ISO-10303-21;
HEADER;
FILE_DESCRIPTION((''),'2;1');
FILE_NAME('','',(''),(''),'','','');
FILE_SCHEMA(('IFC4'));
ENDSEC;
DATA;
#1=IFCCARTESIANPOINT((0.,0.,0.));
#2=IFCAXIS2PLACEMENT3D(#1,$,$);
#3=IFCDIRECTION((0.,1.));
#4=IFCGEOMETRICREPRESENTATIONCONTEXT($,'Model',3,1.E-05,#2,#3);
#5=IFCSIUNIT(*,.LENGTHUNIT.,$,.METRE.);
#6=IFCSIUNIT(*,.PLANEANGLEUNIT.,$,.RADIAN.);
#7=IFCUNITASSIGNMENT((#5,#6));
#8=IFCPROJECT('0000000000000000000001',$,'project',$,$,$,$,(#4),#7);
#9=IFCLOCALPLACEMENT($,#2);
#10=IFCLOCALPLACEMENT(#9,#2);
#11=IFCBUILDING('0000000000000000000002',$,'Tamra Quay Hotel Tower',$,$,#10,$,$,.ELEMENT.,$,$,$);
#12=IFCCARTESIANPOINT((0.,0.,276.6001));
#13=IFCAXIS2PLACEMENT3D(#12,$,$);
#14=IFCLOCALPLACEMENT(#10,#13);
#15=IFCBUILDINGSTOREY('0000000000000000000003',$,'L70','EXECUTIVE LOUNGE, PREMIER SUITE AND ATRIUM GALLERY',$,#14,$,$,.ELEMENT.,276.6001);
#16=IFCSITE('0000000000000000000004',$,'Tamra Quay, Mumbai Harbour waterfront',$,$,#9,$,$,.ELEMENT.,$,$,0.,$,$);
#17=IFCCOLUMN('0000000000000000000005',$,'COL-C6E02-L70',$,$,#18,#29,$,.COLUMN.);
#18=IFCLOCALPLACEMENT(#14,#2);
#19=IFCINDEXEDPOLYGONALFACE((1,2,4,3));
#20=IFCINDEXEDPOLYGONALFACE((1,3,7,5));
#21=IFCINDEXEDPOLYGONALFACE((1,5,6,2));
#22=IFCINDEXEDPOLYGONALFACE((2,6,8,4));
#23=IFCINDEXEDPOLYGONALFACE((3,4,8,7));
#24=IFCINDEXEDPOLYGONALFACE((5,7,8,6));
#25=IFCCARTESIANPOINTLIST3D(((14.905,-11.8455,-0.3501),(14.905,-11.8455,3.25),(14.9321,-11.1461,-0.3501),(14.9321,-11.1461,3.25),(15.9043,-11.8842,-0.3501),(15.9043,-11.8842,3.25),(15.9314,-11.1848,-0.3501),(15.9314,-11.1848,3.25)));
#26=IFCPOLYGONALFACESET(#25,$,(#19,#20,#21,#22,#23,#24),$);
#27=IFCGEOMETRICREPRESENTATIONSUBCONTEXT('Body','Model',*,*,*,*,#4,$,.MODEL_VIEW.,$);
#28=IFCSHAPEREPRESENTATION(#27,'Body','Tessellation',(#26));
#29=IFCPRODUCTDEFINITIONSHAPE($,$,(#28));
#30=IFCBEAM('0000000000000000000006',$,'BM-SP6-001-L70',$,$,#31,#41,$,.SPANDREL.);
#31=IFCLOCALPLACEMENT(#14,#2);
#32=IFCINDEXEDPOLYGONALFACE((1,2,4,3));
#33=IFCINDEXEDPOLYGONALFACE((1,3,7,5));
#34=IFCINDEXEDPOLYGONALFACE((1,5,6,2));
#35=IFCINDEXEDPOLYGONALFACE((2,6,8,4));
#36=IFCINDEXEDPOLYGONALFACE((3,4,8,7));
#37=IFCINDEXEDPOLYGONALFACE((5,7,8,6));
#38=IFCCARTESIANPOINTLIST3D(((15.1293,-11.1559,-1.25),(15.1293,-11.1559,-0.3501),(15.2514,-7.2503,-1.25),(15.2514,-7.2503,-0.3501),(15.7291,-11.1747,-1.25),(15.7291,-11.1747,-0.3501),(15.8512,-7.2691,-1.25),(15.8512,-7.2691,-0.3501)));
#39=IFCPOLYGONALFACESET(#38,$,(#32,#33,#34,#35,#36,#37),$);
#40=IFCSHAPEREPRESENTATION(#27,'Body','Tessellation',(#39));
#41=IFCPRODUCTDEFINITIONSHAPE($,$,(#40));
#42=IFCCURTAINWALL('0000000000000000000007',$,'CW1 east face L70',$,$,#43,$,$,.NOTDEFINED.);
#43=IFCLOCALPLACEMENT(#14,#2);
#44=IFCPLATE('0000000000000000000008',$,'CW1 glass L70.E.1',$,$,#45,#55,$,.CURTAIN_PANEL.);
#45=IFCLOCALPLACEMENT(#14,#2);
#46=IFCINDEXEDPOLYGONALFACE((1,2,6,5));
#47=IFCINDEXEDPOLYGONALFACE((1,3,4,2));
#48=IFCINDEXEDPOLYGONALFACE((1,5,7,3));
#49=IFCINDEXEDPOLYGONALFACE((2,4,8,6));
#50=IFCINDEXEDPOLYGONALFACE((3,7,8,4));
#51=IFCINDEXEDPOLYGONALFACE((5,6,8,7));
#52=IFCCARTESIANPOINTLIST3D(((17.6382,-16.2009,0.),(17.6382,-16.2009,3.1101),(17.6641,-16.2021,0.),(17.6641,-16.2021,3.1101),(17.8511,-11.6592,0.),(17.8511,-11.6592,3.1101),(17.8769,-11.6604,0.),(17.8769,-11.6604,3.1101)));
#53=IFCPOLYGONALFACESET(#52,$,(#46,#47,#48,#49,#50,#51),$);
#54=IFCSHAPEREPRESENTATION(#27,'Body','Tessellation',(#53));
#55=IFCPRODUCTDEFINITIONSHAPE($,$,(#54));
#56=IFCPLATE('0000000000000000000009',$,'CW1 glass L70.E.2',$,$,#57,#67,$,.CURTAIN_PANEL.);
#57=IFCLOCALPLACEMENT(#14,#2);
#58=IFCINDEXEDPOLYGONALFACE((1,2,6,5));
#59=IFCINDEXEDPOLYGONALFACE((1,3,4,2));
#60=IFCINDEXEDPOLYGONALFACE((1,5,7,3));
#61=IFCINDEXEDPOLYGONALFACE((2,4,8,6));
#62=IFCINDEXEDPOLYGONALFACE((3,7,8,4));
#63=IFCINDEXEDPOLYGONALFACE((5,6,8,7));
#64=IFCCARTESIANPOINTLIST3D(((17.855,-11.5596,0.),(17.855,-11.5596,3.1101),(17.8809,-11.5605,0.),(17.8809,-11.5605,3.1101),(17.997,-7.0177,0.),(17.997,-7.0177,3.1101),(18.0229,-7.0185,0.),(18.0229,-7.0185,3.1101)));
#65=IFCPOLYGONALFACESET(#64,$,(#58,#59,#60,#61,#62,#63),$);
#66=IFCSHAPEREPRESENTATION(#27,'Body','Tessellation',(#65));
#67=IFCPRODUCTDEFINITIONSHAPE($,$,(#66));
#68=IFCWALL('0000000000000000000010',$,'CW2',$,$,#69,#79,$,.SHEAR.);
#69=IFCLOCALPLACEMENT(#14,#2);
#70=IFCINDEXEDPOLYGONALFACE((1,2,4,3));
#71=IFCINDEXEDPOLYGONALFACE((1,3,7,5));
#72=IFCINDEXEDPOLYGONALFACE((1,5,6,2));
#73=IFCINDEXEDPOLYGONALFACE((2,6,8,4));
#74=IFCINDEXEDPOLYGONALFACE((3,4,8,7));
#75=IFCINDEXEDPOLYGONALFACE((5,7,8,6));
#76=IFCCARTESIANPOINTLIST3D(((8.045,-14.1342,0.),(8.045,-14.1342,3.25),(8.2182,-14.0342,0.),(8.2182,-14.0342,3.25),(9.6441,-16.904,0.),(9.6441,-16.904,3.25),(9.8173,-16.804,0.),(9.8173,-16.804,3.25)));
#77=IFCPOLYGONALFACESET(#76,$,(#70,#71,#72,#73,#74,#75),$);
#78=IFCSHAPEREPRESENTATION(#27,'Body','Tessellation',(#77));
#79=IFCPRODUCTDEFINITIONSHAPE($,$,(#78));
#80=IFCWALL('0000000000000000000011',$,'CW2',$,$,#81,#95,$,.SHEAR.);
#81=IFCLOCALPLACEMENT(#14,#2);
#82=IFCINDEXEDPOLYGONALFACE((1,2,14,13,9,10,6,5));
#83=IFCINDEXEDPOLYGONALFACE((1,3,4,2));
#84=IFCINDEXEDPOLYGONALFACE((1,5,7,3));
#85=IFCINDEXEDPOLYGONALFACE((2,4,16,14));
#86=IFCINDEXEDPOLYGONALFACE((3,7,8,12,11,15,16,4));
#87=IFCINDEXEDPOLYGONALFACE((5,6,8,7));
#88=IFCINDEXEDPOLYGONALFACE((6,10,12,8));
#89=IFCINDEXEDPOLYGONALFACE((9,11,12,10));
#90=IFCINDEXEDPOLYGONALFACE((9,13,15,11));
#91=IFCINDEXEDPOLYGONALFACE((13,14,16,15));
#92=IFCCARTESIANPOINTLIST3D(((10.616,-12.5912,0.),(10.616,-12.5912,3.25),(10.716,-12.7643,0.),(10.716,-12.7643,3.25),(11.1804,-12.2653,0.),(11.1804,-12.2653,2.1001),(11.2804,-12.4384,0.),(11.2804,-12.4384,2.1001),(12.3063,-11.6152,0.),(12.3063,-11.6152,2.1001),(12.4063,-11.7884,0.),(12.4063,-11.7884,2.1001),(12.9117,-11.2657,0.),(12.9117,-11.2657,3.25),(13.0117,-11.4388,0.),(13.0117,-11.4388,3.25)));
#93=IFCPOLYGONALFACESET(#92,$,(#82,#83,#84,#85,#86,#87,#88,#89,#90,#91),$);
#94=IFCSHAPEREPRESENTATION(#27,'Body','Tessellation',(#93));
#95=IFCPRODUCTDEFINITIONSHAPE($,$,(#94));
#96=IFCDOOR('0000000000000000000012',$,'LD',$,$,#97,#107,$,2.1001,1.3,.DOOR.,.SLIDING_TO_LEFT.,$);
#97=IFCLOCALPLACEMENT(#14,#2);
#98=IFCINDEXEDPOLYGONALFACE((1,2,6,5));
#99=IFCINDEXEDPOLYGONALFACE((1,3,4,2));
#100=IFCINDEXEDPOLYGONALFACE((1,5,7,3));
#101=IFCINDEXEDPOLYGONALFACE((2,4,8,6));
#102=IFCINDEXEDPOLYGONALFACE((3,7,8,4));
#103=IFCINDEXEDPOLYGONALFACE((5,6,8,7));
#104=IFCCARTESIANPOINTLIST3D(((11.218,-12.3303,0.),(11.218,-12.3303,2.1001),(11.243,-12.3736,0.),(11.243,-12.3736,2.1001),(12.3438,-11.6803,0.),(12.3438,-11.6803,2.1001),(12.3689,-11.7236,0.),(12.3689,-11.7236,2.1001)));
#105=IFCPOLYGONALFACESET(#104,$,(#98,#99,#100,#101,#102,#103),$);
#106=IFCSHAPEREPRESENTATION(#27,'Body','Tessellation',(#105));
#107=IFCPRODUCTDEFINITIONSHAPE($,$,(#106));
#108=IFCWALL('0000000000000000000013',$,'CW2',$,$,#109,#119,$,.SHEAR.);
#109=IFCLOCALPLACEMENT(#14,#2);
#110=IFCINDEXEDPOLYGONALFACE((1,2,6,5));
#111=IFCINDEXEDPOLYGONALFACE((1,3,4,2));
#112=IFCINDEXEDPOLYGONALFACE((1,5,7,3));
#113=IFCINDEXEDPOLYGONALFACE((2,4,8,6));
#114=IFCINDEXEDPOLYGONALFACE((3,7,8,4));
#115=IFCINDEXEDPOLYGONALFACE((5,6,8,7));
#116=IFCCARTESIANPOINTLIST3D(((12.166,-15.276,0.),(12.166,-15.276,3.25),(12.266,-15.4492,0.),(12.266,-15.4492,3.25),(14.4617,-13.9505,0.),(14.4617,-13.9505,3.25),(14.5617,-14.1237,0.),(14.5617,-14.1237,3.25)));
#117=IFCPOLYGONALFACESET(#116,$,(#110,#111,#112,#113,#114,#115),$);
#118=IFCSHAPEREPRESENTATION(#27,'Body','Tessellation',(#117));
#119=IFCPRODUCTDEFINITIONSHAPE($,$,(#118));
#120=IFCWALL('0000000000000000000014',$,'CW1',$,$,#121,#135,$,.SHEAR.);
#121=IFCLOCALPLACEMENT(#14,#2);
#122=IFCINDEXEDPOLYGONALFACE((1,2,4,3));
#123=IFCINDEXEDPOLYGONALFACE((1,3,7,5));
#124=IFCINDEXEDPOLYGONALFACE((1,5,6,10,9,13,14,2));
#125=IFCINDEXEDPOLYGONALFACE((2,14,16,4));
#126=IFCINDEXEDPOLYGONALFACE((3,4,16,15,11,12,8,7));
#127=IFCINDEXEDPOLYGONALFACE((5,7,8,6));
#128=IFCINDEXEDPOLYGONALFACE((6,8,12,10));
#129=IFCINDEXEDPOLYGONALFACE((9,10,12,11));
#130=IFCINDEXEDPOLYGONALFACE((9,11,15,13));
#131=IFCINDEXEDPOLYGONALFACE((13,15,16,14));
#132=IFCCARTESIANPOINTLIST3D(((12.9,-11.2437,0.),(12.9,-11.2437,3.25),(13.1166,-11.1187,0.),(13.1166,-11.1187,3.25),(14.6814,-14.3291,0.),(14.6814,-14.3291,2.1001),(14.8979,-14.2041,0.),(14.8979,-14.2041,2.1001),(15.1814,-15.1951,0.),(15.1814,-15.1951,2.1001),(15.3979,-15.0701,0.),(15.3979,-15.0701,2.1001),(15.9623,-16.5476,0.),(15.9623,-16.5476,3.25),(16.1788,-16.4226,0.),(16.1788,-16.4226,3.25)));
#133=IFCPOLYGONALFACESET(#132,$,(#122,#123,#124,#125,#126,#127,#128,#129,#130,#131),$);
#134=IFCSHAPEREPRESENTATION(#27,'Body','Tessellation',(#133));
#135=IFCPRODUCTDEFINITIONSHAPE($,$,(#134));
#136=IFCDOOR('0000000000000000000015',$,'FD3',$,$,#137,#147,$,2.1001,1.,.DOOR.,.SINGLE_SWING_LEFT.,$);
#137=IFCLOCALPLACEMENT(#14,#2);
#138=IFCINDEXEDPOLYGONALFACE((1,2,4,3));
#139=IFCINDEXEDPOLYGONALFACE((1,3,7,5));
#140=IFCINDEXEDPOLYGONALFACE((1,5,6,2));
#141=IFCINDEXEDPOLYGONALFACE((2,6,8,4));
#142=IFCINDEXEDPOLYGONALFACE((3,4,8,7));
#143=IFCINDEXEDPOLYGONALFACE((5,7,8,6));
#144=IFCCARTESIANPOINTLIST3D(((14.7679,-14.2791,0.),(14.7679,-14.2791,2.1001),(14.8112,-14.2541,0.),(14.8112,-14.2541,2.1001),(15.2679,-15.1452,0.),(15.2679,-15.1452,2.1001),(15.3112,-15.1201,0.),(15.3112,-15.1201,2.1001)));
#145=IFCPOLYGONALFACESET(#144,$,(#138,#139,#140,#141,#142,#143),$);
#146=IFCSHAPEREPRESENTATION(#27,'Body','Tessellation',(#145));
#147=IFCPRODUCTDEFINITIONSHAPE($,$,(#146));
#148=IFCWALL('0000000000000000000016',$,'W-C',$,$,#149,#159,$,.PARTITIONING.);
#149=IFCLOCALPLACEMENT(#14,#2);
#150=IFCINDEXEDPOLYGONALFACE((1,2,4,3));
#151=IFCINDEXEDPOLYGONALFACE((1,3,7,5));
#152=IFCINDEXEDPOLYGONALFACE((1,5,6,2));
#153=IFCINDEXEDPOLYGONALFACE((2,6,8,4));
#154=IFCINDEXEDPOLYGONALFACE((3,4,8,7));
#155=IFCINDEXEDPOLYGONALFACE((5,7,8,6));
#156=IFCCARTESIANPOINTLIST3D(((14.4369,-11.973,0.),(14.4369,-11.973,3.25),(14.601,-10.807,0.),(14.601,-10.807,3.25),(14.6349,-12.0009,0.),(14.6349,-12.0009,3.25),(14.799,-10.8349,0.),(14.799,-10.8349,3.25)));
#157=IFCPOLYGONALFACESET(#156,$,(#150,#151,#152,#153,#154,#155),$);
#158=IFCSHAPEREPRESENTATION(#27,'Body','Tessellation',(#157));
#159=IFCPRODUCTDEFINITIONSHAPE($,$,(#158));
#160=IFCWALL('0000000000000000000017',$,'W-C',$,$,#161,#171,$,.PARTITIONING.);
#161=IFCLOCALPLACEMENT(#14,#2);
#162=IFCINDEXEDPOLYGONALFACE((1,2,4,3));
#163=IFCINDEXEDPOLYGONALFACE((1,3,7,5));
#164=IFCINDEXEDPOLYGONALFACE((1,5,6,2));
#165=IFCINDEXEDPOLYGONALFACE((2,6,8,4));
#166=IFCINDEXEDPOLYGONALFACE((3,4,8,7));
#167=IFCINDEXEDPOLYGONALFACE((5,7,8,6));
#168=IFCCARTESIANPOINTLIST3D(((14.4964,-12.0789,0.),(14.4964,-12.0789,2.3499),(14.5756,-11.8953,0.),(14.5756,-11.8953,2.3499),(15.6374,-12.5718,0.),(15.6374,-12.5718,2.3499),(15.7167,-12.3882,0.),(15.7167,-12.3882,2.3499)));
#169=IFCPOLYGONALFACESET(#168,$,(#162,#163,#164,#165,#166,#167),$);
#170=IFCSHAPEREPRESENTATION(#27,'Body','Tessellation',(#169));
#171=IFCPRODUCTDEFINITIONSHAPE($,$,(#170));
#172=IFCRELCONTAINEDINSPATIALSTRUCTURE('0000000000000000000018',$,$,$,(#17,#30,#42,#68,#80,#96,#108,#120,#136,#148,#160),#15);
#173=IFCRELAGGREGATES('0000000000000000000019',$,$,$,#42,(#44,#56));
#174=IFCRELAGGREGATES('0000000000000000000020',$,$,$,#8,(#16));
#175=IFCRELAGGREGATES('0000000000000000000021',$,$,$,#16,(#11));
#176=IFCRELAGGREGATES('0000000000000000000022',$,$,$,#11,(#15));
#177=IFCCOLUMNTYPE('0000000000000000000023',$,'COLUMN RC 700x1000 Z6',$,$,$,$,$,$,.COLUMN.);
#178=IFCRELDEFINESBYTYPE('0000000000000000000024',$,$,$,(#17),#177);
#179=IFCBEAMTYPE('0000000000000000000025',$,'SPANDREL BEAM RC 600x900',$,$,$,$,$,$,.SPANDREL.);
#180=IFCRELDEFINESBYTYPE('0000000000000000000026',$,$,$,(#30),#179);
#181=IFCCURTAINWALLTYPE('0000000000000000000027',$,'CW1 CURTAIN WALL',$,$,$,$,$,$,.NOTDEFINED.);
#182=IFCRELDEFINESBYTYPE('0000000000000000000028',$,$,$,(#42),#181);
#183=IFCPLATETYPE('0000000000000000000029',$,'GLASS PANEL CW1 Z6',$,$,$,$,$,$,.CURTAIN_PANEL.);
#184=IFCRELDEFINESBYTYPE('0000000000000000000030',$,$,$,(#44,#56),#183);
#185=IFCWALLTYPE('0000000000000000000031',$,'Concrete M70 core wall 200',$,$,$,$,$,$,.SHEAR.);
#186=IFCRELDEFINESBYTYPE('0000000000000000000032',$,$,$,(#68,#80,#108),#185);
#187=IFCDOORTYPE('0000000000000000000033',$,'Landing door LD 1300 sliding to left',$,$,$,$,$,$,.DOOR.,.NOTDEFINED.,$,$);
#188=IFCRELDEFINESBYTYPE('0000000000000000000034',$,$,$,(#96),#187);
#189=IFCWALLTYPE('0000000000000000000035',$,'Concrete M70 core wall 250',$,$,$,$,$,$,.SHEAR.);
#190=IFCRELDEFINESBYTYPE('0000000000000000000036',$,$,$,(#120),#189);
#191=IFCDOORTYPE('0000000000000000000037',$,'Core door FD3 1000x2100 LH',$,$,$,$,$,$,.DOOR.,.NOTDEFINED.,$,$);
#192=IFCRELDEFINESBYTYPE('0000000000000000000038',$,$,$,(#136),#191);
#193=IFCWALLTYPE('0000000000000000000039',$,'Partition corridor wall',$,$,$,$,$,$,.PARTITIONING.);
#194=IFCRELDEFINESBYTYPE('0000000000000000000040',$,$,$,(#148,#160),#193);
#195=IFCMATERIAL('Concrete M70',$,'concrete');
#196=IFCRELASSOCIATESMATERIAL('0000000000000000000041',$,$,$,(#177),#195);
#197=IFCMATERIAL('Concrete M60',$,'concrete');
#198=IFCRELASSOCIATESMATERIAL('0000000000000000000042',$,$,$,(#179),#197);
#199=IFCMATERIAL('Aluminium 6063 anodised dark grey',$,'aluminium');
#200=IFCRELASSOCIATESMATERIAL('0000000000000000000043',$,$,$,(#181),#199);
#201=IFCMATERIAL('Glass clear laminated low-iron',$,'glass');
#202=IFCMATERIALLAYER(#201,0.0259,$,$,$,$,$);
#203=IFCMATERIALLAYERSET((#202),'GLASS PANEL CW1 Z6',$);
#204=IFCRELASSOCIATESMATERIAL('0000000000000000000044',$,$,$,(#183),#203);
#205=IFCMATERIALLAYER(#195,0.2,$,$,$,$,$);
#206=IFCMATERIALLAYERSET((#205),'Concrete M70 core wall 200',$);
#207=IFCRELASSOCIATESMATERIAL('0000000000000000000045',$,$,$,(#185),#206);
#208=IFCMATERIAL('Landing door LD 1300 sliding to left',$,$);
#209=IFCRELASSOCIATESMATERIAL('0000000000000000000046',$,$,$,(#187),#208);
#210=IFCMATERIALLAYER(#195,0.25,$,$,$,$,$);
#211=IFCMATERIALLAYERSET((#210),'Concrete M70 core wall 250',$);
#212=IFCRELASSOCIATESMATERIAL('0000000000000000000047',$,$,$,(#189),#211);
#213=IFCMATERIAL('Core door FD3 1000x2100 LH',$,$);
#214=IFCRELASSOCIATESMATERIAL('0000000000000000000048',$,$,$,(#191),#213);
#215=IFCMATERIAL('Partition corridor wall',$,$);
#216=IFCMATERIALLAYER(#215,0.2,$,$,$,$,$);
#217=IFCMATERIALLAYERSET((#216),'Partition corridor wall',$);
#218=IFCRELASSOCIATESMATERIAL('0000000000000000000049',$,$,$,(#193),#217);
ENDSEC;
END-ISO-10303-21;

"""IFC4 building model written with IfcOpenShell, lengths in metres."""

from ifc_helpers import new_model, si_unit, direction, frame, frame_2d, origin, origin_2d, place, context, subcontext, project, spatial, rectangle, extrude, material, layer, layer_set, material_profile, profile_set, type_object, element, fill, aggregate, save


model = new_model("IFC4")

# Units and contexts
model_context = context("Model", 3, precision=1e-05, world=origin(), true_north=direction((0.0, 1.0)))
body_context = subcontext(model_context, "Body", "Model", "MODEL_VIEW")
ifc_project = project(units=[si_unit("LENGTHUNIT", "METRE"), si_unit("PLANEANGLEUNIT", "RADIAN")], contexts=[model_context])

# Site, building, storey
site_placement = place(None, origin())
site = spatial("IfcSite", under=ifc_project, at=site_placement, Name="Tamra Quay, Mumbai Harbour waterfront", CompositionType="ELEMENT", RefElevation=0.0)
building_placement = place(site_placement, origin())
building = spatial("IfcBuilding", under=site, at=building_placement, Name="Tamra Quay Hotel Tower", CompositionType="ELEMENT")
storey_placement = place(building_placement, frame((0.0, 0.0, 276.6001)))
storey = spatial("IfcBuildingStorey", under=building, at=storey_placement, Name="L70", Description="EXECUTIVE LOUNGE, PREMIER SUITE AND ATRIUM GALLERY", CompositionType="ELEMENT", Elevation=276.6001)

# Column
ifc_material_1 = material(Name="Concrete M70", Category="concrete")
ifc_material_profile_1 = material_profile(ifc_material_1, rectangle(XDim=1.0, YDim=0.7, at=origin_2d()), Name="COLUMN RC 700x1000 Z6")
ifc_profile_set_1 = profile_set([ifc_material_profile_1], Name="Concrete M70")
column_type = type_object("IfcColumnType", Name="COLUMN RC 700x1000 Z6", PredefinedType="COLUMN", material=ifc_profile_set_1)
column_placement = place(storey_placement, frame((15.4182, -11.5151, -0.3501), z_axis=(0.0, 0.0, 1.0), x_axis=(-0.999251, 0.038691, 0.0)))
element("IfcColumn", 1, at=column_placement, inside=storey, type_object=column_type, Name="COL-C6E02-L70", PredefinedType="COLUMN", context=body_context, shape_type="SweptSolid", body=[
    extrude(rectangle(XDim=1.0, YDim=0.7, at=origin_2d()), origin(), (0.0, 0.0, 1.0), 3.6001),
])

# Beam
ifc_material_2 = material(Name="Concrete M60", Category="concrete")
ifc_material_profile_2 = material_profile(ifc_material_2, rectangle(XDim=0.6001, YDim=0.8999, at=origin_2d()), Name="SPANDREL BEAM RC 600x900")
ifc_profile_set_2 = profile_set([ifc_material_profile_2], Name="Concrete M60")
beam_type = type_object("IfcBeamType", Name="SPANDREL BEAM RC 600x900", PredefinedType="SPANDREL", material=ifc_profile_set_2)
beam_placement = place(storey_placement, frame((15.4292, -11.1653, -0.8), z_axis=(0.031241, 0.999512, 0.0), x_axis=(-0.999512, 0.031241, 0.0)))
element("IfcBeam", 2, at=beam_placement, inside=storey, type_object=beam_type, Name="BM-SP6-001-L70", PredefinedType="SPANDREL", context=body_context, shape_type="SweptSolid", body=[
    extrude(rectangle(XDim=0.6001, YDim=0.8999, at=origin_2d()), origin(), (0.0, 0.0, 1.0), 3.9075),
])

# Curtain wall, plates
ifc_material_3 = material(Name="Aluminium 6063 anodised dark grey", Category="aluminium")
curtain_wall_type = type_object("IfcCurtainWallType", Name="CW1 CURTAIN WALL", PredefinedType="NOTDEFINED", material=ifc_material_3)
curtain_wall_placement = place(storey_placement, origin())
curtain_wall = element("IfcCurtainWall", 3, at=curtain_wall_placement, inside=storey, type_object=curtain_wall_type, Name="CW1 east face L70", PredefinedType="NOTDEFINED")
ifc_material_4 = material(Name="Glass clear laminated low-iron", Category="glass")
ifc_layer_1 = layer(ifc_material_4, 0.0259)
ifc_layer_set_1 = layer_set([ifc_layer_1], Name="GLASS PANEL CW1 Z6")
plate_type = type_object("IfcPlateType", Name="GLASS PANEL CW1 Z6", PredefinedType="CURTAIN_PANEL", material=ifc_layer_set_1)
plate_1_placement = place(storey_placement, frame((17.7576, -13.9307, 0.0), z_axis=(0.0, 0.0, 1.0), x_axis=(0.046821, 0.998903, 0.0)))
plate_1 = element("IfcPlate", 4, at=plate_1_placement, type_object=plate_type, Name="CW1 glass L70.E.1", PredefinedType="CURTAIN_PANEL", context=body_context, shape_type="SweptSolid", body=[
    extrude(rectangle(XDim=4.5466, YDim=0.0259, at=origin_2d()), origin(), (0.0, 0.0, 1.0), 3.1101),
])
plate_2_placement = place(storey_placement, frame((17.939, -9.2891, 0.0), z_axis=(0.0, 0.0, 1.0), x_axis=(0.031242, 0.999512, 0.0)))
plate_2 = element("IfcPlate", 5, at=plate_2_placement, type_object=plate_type, Name="CW1 glass L70.E.2", PredefinedType="CURTAIN_PANEL", context=body_context, shape_type="SweptSolid", body=[
    extrude(rectangle(XDim=4.5442, YDim=0.0259, at=origin_2d()), origin(), (0.0, 0.0, 1.0), 3.1101),
])
aggregate(curtain_wall, [plate_1, plate_2])

# Wall
ifc_layer_2 = layer(ifc_material_1, 0.2)
ifc_layer_set_2 = layer_set([ifc_layer_2], Name="Concrete M70 core wall 200")
wall_type_1 = type_object("IfcWallType", Name="Concrete M70 core wall 200", PredefinedType="SHEAR", material=ifc_layer_set_2)
wall_1_placement = place(storey_placement, frame((8.1316, -14.0842, 0.0), z_axis=(0.0, 0.0, 1.0), x_axis=(0.499998, -0.866027, 0.0)))
element("IfcWall", 6, at=wall_1_placement, inside=storey, type_object=wall_type_1, Name="CW2", PredefinedType="SHEAR", context=body_context, shape_type="SweptSolid", body=[
    extrude(rectangle(XDim=3.1982, YDim=0.2, at=frame_2d((1.5991, 0.0))), origin(), (0.0, 0.0, 1.0), 3.25),
])

# Wall, opening, door
wall_2_placement = place(storey_placement, frame((10.666, -12.6777, 0.0), z_axis=(0.0, 0.0, 1.0), x_axis=(0.866018, 0.500012, 0.0)))
wall_2 = element("IfcWall", 7, at=wall_2_placement, inside=storey, type_object=wall_type_1, Name="CW2", PredefinedType="SHEAR", context=body_context, shape_type="SweptSolid", body=[
    extrude(rectangle(XDim=2.6509, YDim=0.2, at=frame_2d((1.3254, 0.0))), origin(), (0.0, 0.0, 1.0), 3.25),
])
opening_1_placement = place(wall_2_placement, frame((0.6519, 0.0, 0.0)))
opening_1 = element("IfcOpeningElement", 8, at=opening_1_placement, cuts=wall_2, PredefinedType="OPENING", context=body_context, shape_type="SweptSolid", body=[
    extrude(rectangle(XDim=1.3, YDim=2.1001, at=frame_2d((0.6499, 1.05))), frame((0.0, 0.1099, 0.0), z_axis=(0.0, -1.0, 0.0), x_axis=(1.0, 0.0, 0.0)), (0.0, 0.0, 1.0), 0.22),
])
ifc_material_5 = material(Name="Landing door LD 1300 sliding to left")
door_type_1 = type_object("IfcDoorType", Name="Landing door LD 1300 sliding to left", OperationType="NOTDEFINED", PredefinedType="DOOR", material=ifc_material_5)
door_1_placement = place(opening_1_placement, origin())
door_1 = element("IfcDoor", 9, at=door_1_placement, inside=storey, type_object=door_type_1, Name="LD", OperationType="SLIDING_TO_LEFT", OverallHeight=2.1001, OverallWidth=1.3, PredefinedType="DOOR", context=body_context, shape_type="SweptSolid", body=[
    extrude(rectangle(XDim=1.3, YDim=2.1001, at=frame_2d((0.6499, 1.05))), frame((0.0, 0.0249, 0.0), z_axis=(0.0, -1.0, 0.0), x_axis=(1.0, 0.0, 0.0)), (0.0, 0.0, 1.0), 0.05),
])
fill(opening_1, door_1)

# Wall
wall_3_placement = place(storey_placement, frame((14.5117, -14.0371, 0.0), z_axis=(0.0, 0.0, 1.0), x_axis=(-0.866018, -0.500012, 0.0)))
element("IfcWall", 10, at=wall_3_placement, inside=storey, type_object=wall_type_1, Name="CW2", PredefinedType="SHEAR", context=body_context, shape_type="SweptSolid", body=[
    extrude(rectangle(XDim=2.6509, YDim=0.2, at=frame_2d((1.3254, 0.0))), origin(), (0.0, 0.0, 1.0), 3.25),
])

# Wall, opening, door
ifc_layer_3 = layer(ifc_material_1, 0.25)
ifc_layer_set_3 = layer_set([ifc_layer_3], Name="Concrete M70 core wall 250")
wall_type_2 = type_object("IfcWallType", Name="Concrete M70 core wall 250", PredefinedType="SHEAR", material=ifc_layer_set_3)
wall_4_placement = place(storey_placement, frame((13.0083, -11.1812, 0.0), z_axis=(0.0, 0.0, 1.0), x_axis=(0.500002, -0.866024, 0.0)))
wall_4 = element("IfcWall", 11, at=wall_4_placement, inside=storey, type_object=wall_type_2, Name="CW1", PredefinedType="SHEAR", context=body_context, shape_type="SweptSolid", body=[
    extrude(rectangle(XDim=6.1245, YDim=0.25, at=frame_2d((3.0623, 0.0))), origin(), (0.0, 0.0, 1.0), 3.25),
])
opening_2_placement = place(wall_4_placement, frame((3.5627, 0.0, 0.0)))
opening_2 = element("IfcOpeningElement", 12, at=opening_2_placement, cuts=wall_4, PredefinedType="OPENING", context=body_context, shape_type="SweptSolid", body=[
    extrude(rectangle(XDim=1.0, YDim=2.1001, at=frame_2d((0.5, 1.05))), frame((0.0, 0.135, 0.0), z_axis=(0.0, -1.0, 0.0), x_axis=(1.0, 0.0, 0.0)), (0.0, 0.0, 1.0), 0.27),
])
ifc_material_6 = material(Name="Core door FD3 1000x2100 LH")
door_type_2 = type_object("IfcDoorType", Name="Core door FD3 1000x2100 LH", OperationType="NOTDEFINED", PredefinedType="DOOR", material=ifc_material_6)
door_2_placement = place(opening_2_placement, origin())
door_2 = element("IfcDoor", 13, at=door_2_placement, inside=storey, type_object=door_type_2, Name="FD3", OperationType="SINGLE_SWING_LEFT", OverallHeight=2.1001, OverallWidth=1.0, PredefinedType="DOOR", context=body_context, shape_type="SweptSolid", body=[
    extrude(rectangle(XDim=1.0, YDim=2.1001, at=frame_2d((0.5, 1.05))), frame((0.0, 0.0249, 0.0), z_axis=(0.0, -1.0, 0.0), x_axis=(1.0, 0.0, 0.0)), (0.0, 0.0, 1.0), 0.05),
])
fill(opening_2, door_2)

# Walls
ifc_material_7 = material(Name="Partition corridor wall")
ifc_layer_4 = layer(ifc_material_7, 0.2)
ifc_layer_set_4 = layer_set([ifc_layer_4], Name="Partition corridor wall")
wall_type_3 = type_object("IfcWallType", Name="Partition corridor wall", PredefinedType="PARTITIONING", material=ifc_layer_set_4)
wall_5_placement = place(storey_placement, frame((14.5359, -11.9871, 0.0), z_axis=(0.0, 0.0, 1.0), x_axis=(0.139331, 0.990246, 0.0)))
element("IfcWall", 14, at=wall_5_placement, inside=storey, type_object=wall_type_3, Name="W-C", PredefinedType="PARTITIONING", context=body_context, shape_type="SweptSolid", body=[
    extrude(rectangle(XDim=1.1775, YDim=0.2, at=frame_2d((0.5889, 0.0))), origin(), (0.0, 0.0, 1.0), 3.25),
])
wall_6_placement = place(storey_placement, frame((14.5359, -11.9871, 0.0), z_axis=(0.0, 0.0, 1.0), x_axis=(0.918014, -0.396549, 0.0)))
element("IfcWall", 15, at=wall_6_placement, inside=storey, type_object=wall_type_3, Name="W-C", PredefinedType="PARTITIONING", context=body_context, shape_type="SweptSolid", body=[
    extrude(rectangle(XDim=1.2429, YDim=0.2, at=frame_2d((0.6216, 0.0))), origin(), (0.0, 0.0, 1.0), 2.3499),
])

save(model, "model.ifc")
